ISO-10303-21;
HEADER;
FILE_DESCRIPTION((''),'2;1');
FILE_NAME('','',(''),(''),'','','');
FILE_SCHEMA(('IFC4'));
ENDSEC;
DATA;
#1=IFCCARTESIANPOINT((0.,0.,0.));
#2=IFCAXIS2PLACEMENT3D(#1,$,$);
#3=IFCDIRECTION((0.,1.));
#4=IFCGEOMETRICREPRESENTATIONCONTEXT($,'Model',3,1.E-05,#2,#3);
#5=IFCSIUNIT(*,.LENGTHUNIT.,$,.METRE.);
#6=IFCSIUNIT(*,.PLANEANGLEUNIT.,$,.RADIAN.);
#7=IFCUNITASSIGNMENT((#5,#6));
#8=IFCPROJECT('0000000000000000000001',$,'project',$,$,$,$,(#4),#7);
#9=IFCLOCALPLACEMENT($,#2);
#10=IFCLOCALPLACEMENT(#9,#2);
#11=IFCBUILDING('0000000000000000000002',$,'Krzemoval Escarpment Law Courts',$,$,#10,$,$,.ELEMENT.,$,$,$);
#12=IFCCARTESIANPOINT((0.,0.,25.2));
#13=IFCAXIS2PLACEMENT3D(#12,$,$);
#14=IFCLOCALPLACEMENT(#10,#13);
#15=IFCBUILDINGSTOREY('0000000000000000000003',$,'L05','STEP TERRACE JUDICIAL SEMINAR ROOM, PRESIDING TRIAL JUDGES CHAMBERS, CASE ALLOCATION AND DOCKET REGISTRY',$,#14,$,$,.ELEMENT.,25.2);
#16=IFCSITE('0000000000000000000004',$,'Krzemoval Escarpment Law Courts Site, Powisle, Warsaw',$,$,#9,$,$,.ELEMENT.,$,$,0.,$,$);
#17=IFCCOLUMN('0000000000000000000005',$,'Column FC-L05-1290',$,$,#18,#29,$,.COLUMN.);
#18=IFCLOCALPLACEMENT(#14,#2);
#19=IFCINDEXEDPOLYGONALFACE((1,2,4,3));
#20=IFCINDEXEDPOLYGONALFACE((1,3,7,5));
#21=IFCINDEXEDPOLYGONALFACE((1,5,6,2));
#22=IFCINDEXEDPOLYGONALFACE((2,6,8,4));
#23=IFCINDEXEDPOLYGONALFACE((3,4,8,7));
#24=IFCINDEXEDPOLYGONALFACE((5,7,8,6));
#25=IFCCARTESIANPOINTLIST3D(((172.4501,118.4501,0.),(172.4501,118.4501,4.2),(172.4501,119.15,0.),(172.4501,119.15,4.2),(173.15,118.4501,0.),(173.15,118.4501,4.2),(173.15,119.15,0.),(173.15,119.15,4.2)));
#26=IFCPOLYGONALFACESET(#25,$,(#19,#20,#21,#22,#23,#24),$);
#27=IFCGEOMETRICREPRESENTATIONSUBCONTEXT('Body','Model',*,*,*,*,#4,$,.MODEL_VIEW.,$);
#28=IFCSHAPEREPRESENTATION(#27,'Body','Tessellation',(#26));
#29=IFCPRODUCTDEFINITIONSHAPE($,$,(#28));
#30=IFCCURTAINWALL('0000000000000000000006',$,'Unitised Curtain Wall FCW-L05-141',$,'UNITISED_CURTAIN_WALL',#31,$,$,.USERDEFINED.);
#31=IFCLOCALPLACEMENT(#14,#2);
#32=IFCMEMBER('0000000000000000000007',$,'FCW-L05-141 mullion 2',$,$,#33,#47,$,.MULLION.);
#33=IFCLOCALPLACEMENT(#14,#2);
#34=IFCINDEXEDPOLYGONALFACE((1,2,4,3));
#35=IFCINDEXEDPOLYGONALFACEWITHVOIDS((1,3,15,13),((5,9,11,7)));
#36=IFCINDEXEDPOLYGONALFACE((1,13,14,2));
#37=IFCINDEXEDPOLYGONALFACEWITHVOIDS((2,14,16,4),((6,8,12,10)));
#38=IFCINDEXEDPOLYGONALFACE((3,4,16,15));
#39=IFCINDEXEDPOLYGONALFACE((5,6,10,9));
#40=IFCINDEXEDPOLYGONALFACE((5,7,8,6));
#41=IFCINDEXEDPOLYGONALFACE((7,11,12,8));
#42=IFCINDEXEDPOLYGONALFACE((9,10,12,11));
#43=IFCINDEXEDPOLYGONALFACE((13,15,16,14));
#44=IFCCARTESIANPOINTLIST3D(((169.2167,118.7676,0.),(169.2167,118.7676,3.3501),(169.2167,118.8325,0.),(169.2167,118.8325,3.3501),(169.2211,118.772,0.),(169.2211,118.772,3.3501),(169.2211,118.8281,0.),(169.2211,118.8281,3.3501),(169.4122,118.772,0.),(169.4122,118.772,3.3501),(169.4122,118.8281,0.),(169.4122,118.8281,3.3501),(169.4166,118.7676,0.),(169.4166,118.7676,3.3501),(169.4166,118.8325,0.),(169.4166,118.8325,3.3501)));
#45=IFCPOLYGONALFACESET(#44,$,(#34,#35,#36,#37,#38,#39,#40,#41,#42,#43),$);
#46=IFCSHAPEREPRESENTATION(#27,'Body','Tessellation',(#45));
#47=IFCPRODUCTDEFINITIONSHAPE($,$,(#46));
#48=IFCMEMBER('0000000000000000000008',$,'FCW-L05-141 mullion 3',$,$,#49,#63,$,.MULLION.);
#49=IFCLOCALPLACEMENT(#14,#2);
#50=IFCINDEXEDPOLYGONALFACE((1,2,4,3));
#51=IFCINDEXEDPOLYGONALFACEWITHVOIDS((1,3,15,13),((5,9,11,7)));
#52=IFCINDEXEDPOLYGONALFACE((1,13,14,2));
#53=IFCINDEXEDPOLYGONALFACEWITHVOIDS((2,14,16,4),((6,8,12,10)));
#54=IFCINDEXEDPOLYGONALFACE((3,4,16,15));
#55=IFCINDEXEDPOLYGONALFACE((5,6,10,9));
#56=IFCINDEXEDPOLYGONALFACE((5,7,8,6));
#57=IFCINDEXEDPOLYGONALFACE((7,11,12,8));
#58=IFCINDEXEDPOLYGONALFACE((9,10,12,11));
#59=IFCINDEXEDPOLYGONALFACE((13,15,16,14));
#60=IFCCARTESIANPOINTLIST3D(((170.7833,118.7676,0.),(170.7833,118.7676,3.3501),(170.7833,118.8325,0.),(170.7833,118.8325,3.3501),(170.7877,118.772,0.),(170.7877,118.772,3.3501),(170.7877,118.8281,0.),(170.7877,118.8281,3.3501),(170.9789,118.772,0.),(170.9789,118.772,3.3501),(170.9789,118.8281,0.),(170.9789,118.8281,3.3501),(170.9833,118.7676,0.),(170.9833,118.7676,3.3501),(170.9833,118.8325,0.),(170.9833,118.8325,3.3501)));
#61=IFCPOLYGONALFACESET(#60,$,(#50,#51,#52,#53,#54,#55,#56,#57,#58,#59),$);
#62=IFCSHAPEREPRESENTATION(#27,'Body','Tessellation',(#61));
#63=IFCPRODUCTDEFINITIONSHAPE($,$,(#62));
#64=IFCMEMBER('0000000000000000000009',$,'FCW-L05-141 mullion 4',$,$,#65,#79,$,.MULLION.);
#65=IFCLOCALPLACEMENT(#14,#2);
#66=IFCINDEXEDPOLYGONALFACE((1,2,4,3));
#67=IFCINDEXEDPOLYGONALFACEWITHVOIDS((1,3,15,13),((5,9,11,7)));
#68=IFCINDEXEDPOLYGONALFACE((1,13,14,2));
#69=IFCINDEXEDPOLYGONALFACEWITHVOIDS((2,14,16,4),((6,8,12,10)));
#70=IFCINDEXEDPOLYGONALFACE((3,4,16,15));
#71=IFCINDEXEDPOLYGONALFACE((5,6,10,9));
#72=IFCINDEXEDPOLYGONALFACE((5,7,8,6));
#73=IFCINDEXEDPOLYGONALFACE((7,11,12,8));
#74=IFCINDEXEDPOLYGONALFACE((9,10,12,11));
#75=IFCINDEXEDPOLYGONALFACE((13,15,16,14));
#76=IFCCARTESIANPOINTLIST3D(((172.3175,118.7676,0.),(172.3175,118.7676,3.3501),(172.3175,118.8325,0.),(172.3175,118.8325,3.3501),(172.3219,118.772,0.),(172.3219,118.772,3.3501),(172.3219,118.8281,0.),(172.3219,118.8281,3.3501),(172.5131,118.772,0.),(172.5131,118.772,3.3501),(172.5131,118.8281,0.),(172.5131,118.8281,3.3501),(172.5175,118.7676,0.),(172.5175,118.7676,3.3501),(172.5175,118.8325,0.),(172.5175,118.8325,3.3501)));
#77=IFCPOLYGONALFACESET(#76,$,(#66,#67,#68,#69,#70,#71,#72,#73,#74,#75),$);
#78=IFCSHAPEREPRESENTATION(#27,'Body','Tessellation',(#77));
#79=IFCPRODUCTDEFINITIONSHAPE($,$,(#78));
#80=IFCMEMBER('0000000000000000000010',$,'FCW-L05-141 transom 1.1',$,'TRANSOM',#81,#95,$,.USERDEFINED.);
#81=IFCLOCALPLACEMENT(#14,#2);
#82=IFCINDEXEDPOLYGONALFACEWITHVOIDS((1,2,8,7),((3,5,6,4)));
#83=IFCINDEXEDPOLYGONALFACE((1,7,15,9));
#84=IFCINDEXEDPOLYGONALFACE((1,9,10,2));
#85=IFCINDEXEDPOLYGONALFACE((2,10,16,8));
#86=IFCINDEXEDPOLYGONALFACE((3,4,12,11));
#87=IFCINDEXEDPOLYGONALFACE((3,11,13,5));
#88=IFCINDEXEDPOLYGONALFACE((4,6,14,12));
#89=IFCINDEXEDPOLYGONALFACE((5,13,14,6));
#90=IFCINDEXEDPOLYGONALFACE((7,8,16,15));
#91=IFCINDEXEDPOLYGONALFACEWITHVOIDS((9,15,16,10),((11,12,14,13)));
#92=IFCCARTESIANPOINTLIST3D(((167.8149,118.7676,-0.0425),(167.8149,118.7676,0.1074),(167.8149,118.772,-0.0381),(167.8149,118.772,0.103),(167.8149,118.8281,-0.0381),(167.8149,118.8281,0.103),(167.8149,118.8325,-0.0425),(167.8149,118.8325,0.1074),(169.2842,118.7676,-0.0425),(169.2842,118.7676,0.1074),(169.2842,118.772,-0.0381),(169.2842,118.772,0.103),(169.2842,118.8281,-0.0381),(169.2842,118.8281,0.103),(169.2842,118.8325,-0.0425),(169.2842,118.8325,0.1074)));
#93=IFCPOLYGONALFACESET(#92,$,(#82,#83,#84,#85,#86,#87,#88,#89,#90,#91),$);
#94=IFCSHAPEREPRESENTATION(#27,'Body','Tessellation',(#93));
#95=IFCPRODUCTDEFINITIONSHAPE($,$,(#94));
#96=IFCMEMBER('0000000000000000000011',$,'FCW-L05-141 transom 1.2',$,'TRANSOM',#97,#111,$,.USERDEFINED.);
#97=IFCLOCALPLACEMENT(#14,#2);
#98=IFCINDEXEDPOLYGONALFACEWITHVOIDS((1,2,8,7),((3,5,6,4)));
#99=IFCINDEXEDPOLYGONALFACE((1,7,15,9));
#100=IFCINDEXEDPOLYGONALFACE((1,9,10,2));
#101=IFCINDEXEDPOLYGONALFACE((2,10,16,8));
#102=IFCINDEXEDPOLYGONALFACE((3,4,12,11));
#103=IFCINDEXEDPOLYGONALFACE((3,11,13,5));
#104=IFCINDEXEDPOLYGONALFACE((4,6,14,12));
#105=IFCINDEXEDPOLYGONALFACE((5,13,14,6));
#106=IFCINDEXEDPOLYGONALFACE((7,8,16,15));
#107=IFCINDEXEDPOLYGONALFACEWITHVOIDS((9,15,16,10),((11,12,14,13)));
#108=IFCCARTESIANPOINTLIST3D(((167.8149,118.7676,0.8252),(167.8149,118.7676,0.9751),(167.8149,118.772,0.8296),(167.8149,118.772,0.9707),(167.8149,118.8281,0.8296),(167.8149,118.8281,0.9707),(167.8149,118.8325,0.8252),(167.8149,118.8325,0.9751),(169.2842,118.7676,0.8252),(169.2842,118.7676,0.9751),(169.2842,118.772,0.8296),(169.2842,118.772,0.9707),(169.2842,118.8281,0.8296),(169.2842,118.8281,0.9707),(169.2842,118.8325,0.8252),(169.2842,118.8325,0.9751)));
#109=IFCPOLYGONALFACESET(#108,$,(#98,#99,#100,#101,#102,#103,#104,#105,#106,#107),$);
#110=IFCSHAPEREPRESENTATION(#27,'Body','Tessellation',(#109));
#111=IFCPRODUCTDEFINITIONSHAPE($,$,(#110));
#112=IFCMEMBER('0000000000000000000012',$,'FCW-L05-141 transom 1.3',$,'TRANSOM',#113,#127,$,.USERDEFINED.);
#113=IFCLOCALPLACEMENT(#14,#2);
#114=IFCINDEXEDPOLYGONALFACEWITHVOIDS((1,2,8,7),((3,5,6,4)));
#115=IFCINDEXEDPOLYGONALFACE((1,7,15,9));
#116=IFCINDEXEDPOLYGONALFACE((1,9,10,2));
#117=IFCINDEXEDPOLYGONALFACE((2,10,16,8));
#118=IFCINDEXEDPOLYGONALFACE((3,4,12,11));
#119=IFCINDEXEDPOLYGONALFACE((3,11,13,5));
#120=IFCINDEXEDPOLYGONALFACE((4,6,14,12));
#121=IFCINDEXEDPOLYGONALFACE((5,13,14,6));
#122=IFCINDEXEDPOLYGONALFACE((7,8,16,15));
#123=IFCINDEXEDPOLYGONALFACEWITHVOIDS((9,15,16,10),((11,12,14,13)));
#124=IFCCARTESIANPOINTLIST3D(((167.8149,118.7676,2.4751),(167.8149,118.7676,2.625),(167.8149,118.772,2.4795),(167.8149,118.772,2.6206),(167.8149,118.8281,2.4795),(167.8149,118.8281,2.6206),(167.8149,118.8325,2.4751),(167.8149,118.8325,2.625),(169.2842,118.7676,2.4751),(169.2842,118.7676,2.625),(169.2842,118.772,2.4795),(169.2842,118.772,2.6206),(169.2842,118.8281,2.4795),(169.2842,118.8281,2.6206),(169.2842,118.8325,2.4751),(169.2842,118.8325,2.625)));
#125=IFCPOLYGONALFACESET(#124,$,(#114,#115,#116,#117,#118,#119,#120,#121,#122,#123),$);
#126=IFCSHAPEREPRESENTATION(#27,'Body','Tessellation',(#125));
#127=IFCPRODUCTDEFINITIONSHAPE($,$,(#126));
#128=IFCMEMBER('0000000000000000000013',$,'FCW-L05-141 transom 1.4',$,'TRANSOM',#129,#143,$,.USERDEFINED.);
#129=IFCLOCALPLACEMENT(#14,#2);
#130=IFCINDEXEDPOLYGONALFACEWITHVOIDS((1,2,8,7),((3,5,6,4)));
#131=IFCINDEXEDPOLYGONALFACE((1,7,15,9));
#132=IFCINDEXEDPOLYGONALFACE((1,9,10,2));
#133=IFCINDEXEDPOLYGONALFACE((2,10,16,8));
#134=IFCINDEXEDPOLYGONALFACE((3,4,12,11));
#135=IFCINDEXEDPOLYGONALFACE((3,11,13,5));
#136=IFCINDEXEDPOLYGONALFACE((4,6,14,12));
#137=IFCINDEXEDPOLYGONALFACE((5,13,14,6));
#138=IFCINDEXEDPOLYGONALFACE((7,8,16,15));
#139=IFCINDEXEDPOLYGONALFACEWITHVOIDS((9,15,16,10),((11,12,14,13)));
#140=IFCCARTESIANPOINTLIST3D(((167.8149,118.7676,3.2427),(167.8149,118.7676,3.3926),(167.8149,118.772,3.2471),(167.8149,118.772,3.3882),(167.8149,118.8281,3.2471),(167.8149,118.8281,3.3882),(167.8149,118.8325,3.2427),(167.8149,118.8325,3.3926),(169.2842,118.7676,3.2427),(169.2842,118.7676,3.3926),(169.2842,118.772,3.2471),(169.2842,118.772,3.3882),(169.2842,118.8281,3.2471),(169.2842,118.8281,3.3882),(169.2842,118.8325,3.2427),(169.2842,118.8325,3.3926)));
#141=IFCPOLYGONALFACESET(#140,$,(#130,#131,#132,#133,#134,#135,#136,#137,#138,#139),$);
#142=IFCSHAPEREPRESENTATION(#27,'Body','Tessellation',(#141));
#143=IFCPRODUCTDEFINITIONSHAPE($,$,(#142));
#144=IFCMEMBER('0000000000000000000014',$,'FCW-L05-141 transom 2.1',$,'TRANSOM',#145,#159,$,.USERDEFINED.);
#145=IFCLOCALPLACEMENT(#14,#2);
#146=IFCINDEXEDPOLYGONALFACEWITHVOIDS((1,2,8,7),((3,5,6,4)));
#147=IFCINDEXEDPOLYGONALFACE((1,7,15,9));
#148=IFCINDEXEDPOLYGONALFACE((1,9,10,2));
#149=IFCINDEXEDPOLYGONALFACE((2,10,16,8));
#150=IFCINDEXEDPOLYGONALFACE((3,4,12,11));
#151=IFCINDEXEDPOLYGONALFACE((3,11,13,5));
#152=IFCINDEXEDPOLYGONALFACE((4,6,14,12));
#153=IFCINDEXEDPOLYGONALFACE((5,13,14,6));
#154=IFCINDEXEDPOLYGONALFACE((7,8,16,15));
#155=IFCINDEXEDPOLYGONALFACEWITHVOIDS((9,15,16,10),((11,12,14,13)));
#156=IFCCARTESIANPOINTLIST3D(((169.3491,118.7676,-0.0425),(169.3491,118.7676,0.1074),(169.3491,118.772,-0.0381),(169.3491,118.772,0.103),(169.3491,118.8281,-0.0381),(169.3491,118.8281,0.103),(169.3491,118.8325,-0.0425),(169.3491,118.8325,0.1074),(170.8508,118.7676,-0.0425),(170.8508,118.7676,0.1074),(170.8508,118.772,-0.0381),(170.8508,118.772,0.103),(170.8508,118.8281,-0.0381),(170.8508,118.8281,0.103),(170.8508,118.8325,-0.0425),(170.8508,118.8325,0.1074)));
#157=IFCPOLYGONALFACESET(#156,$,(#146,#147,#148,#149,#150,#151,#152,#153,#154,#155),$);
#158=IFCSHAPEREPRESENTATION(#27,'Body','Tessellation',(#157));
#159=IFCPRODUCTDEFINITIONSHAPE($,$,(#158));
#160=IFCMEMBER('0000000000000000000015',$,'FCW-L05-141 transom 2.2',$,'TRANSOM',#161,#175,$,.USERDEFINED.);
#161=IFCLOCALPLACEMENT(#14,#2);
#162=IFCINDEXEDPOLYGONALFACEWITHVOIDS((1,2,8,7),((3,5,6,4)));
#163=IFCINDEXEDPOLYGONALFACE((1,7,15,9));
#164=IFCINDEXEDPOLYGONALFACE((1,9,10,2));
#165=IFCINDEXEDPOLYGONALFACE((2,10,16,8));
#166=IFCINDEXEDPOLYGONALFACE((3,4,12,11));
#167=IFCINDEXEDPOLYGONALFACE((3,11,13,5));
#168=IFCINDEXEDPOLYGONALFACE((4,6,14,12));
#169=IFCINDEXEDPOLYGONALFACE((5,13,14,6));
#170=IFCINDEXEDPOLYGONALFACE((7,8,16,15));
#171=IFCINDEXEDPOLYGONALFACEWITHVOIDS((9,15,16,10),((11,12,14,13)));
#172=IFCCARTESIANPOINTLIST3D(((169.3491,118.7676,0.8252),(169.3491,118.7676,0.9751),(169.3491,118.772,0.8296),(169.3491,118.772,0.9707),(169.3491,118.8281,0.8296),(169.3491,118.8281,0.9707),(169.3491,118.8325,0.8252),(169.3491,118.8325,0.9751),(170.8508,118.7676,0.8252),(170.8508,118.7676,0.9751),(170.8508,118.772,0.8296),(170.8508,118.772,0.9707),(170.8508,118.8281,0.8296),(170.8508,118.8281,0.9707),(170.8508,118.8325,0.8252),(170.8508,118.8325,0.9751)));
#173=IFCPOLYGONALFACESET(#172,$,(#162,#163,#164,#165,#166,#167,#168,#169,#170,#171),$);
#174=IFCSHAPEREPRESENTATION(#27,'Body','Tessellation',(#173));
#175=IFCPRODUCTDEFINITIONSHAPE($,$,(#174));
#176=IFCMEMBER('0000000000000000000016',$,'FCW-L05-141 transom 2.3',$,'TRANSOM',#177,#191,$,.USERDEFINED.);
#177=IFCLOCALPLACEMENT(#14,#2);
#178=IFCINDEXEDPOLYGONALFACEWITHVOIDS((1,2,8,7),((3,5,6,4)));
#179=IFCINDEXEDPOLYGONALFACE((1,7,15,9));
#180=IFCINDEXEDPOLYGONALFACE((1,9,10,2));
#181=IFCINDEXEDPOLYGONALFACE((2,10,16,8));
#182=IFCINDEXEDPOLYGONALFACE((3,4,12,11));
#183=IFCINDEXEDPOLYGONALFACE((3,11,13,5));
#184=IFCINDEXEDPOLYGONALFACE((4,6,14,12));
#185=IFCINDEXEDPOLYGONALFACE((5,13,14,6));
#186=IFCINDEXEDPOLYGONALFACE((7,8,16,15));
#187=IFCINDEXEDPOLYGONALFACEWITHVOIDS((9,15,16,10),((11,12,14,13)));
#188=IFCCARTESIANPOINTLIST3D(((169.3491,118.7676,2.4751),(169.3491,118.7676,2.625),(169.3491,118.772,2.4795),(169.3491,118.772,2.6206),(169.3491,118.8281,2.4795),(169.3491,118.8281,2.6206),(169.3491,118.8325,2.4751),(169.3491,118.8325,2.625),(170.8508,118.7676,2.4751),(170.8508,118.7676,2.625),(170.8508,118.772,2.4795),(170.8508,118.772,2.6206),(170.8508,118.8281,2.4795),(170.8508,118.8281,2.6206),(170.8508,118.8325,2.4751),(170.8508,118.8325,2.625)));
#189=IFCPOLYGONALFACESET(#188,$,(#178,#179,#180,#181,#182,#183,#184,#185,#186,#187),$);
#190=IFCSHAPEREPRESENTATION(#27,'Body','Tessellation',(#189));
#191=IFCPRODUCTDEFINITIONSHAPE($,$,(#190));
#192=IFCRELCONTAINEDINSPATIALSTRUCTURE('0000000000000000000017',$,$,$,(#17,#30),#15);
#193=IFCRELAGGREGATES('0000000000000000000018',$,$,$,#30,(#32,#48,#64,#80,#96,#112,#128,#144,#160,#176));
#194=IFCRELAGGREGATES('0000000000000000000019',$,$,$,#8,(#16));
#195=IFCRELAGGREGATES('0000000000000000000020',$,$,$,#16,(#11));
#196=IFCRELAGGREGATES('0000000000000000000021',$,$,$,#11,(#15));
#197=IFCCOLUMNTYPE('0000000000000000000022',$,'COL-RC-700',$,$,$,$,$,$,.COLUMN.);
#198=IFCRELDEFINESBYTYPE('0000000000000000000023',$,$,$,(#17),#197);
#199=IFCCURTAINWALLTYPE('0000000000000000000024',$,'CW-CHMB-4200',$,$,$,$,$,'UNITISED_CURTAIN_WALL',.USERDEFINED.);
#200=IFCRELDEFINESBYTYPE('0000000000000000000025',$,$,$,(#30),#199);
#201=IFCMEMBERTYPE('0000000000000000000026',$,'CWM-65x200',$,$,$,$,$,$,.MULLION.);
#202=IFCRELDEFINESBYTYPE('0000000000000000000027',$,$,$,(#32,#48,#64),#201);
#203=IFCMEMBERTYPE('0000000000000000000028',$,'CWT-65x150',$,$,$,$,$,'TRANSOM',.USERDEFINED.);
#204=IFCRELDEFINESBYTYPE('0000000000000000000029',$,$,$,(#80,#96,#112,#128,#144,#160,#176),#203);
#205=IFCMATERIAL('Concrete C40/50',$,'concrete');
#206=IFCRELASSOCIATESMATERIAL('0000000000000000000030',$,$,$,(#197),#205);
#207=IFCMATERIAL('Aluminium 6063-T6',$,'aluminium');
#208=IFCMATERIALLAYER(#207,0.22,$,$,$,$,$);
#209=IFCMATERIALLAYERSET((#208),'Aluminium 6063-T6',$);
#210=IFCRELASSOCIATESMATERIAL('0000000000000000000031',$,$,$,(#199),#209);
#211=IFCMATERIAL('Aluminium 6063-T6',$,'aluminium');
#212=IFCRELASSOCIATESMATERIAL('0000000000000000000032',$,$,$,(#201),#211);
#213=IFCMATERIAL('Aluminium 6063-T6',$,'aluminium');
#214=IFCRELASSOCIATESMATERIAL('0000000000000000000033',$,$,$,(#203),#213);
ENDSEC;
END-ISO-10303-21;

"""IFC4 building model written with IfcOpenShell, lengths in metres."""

from ifc_helpers import new_model, si_unit, direction, frame, origin, origin_2d, place, context, subcontext, project, spatial, rectangle, hollow_rectangle, extrude, material, layer, layer_set, material_profile, profile_set, type_object, element, aggregate, save


model = new_model("IFC4")

# Units and contexts
model_context = context("Model", 3, precision=1e-05, world=origin(), true_north=direction((0.0, 1.0)))
body_context = subcontext(model_context, "Body", "Model", "MODEL_VIEW")
ifc_project = project(units=[si_unit("LENGTHUNIT", "METRE"), si_unit("PLANEANGLEUNIT", "RADIAN")], contexts=[model_context])

# Site, building, storey
site_placement = place(None, origin())
site = spatial("IfcSite", under=ifc_project, at=site_placement, Name="Krzemoval Escarpment Law Courts Site, Powisle, Warsaw", CompositionType="ELEMENT", RefElevation=0.0)
building_placement = place(site_placement, origin())
building = spatial("IfcBuilding", under=site, at=building_placement, Name="Krzemoval Escarpment Law Courts", CompositionType="ELEMENT")
storey_placement = place(building_placement, frame((0.0, 0.0, 25.2)))
storey = spatial("IfcBuildingStorey", under=building, at=storey_placement, Name="L05", Description="STEP TERRACE JUDICIAL SEMINAR ROOM, PRESIDING TRIAL JUDGES CHAMBERS, CASE ALLOCATION AND DOCKET REGISTRY", CompositionType="ELEMENT", Elevation=25.2)

# Column
ifc_material_1 = material(Name="Concrete C40/50", Category="concrete")
ifc_material_profile_1 = material_profile(ifc_material_1, rectangle(XDim=0.7, YDim=0.7, at=origin_2d()), Name="RC 700x700")
ifc_profile_set_1 = profile_set([ifc_material_profile_1], Name="Concrete C40/50")
column_type = type_object("IfcColumnType", Name="COL-RC-700", PredefinedType="COLUMN", material=ifc_profile_set_1)
column_placement = place(storey_placement, frame((172.8, 118.8, 0.0), z_axis=(0.0, 0.0, 1.0), x_axis=(1.0, 0.0, 0.0)))
element("IfcColumn", 1, at=column_placement, inside=storey, type_object=column_type, Name="Column FC-L05-1290", PredefinedType="COLUMN", context=body_context, shape_type="SweptSolid", body=[
    extrude(rectangle(XDim=0.7, YDim=0.7, at=origin_2d()), origin(), (0.0, 0.0, 1.0), 4.2),
])

# Curtain wall, members
ifc_material_2 = material(Name="Aluminium 6063-T6", Category="aluminium")
ifc_layer_1 = layer(ifc_material_2, 0.22)
ifc_layer_set_1 = layer_set([ifc_layer_1], Name="Aluminium 6063-T6")
curtain_wall_type = type_object("IfcCurtainWallType", Name="CW-CHMB-4200", ElementType="UNITISED_CURTAIN_WALL", PredefinedType="USERDEFINED", material=ifc_layer_set_1)
curtain_wall_placement = place(storey_placement, origin())
curtain_wall = element("IfcCurtainWall", 2, at=curtain_wall_placement, inside=storey, type_object=curtain_wall_type, Name="Unitised Curtain Wall FCW-L05-141", ObjectType="UNITISED_CURTAIN_WALL", PredefinedType="USERDEFINED")
ifc_material_3 = material(Name="Aluminium 6063-T6", Category="aluminium")
ifc_material_profile_2 = material_profile(ifc_material_3, hollow_rectangle(XDim=0.0649, YDim=0.2, WallThickness=0.0044, at=origin_2d()), Name="ALU M65x200")
ifc_profile_set_2 = profile_set([ifc_material_profile_2], Name="Aluminium 6063-T6")
member_type_1 = type_object("IfcMemberType", Name="CWM-65x200", PredefinedType="MULLION", material=ifc_profile_set_2)
member_1_placement = place(storey_placement, frame((169.3167, 118.8, 0.0), z_axis=(0.0, 0.0, 1.0), x_axis=(0.0, 1.0, 0.0)))
member_1 = element("IfcMember", 3, at=member_1_placement, type_object=member_type_1, Name="FCW-L05-141 mullion 2", PredefinedType="MULLION", context=body_context, shape_type="SweptSolid", body=[
    extrude(hollow_rectangle(XDim=0.0649, YDim=0.2, WallThickness=0.0044, at=origin_2d()), origin(), (0.0, 0.0, 1.0), 3.3501),
])
member_2_placement = place(storey_placement, frame((170.8833, 118.8, 0.0), z_axis=(0.0, 0.0, 1.0), x_axis=(0.0, 1.0, 0.0)))
member_2 = element("IfcMember", 4, at=member_2_placement, type_object=member_type_1, Name="FCW-L05-141 mullion 3", PredefinedType="MULLION", context=body_context, shape_type="SweptSolid", body=[
    extrude(hollow_rectangle(XDim=0.0649, YDim=0.2, WallThickness=0.0044, at=origin_2d()), origin(), (0.0, 0.0, 1.0), 3.3501),
])
member_3_placement = place(storey_placement, frame((172.4175, 118.8, 0.0), z_axis=(0.0, 0.0, 1.0), x_axis=(0.0, 1.0, 0.0)))
member_3 = element("IfcMember", 5, at=member_3_placement, type_object=member_type_1, Name="FCW-L05-141 mullion 4", PredefinedType="MULLION", context=body_context, shape_type="SweptSolid", body=[
    extrude(hollow_rectangle(XDim=0.0649, YDim=0.2, WallThickness=0.0044, at=origin_2d()), origin(), (0.0, 0.0, 1.0), 3.3501),
])
ifc_material_4 = material(Name="Aluminium 6063-T6", Category="aluminium")
ifc_material_profile_3 = material_profile(ifc_material_4, hollow_rectangle(XDim=0.0649, YDim=0.1499, WallThickness=0.0044, at=origin_2d()), Name="ALU T65x150")
ifc_profile_set_3 = profile_set([ifc_material_profile_3], Name="Aluminium 6063-T6")
member_type_2 = type_object("IfcMemberType", Name="CWT-65x150", ElementType="TRANSOM", PredefinedType="USERDEFINED", material=ifc_profile_set_3)
member_4_placement = place(storey_placement, frame((167.8149, 118.8, 0.0325), z_axis=(1.0, 0.0, 0.0), x_axis=(0.0, 1.0, 0.0)))
member_4 = element("IfcMember", 6, at=member_4_placement, type_object=member_type_2, Name="FCW-L05-141 transom 1.1", ObjectType="TRANSOM", PredefinedType="USERDEFINED", context=body_context, shape_type="SweptSolid", body=[
    extrude(hollow_rectangle(XDim=0.0649, YDim=0.1499, WallThickness=0.0044, at=origin_2d()), origin(), (0.0, 0.0, 1.0), 1.4692),
])
member_5_placement = place(storey_placement, frame((167.8149, 118.8, 0.9001), z_axis=(1.0, 0.0, 0.0), x_axis=(0.0, 1.0, 0.0)))
member_5 = element("IfcMember", 7, at=member_5_placement, type_object=member_type_2, Name="FCW-L05-141 transom 1.2", ObjectType="TRANSOM", PredefinedType="USERDEFINED", context=body_context, shape_type="SweptSolid", body=[
    extrude(hollow_rectangle(XDim=0.0649, YDim=0.1499, WallThickness=0.0044, at=origin_2d()), origin(), (0.0, 0.0, 1.0), 1.4692),
])
member_6_placement = place(storey_placement, frame((167.8149, 118.8, 2.55), z_axis=(1.0, 0.0, 0.0), x_axis=(0.0, 1.0, 0.0)))
member_6 = element("IfcMember", 8, at=member_6_placement, type_object=member_type_2, Name="FCW-L05-141 transom 1.3", ObjectType="TRANSOM", PredefinedType="USERDEFINED", context=body_context, shape_type="SweptSolid", body=[
    extrude(hollow_rectangle(XDim=0.0649, YDim=0.1499, WallThickness=0.0044, at=origin_2d()), origin(), (0.0, 0.0, 1.0), 1.4692),
])
member_7_placement = place(storey_placement, frame((167.8149, 118.8, 3.3176), z_axis=(1.0, 0.0, 0.0), x_axis=(0.0, 1.0, 0.0)))
member_7 = element("IfcMember", 9, at=member_7_placement, type_object=member_type_2, Name="FCW-L05-141 transom 1.4", ObjectType="TRANSOM", PredefinedType="USERDEFINED", context=body_context, shape_type="SweptSolid", body=[
    extrude(hollow_rectangle(XDim=0.0649, YDim=0.1499, WallThickness=0.0044, at=origin_2d()), origin(), (0.0, 0.0, 1.0), 1.4692),
])
member_8_placement = place(storey_placement, frame((169.3491, 118.8, 0.0325), z_axis=(1.0, 0.0, 0.0), x_axis=(0.0, 1.0, 0.0)))
member_8 = element("IfcMember", 10, at=member_8_placement, type_object=member_type_2, Name="FCW-L05-141 transom 2.1", ObjectType="TRANSOM", PredefinedType="USERDEFINED", context=body_context, shape_type="SweptSolid", body=[
    extrude(hollow_rectangle(XDim=0.0649, YDim=0.1499, WallThickness=0.0044, at=origin_2d()), origin(), (0.0, 0.0, 1.0), 1.5017),
])
member_9_placement = place(storey_placement, frame((169.3491, 118.8, 0.9001), z_axis=(1.0, 0.0, 0.0), x_axis=(0.0, 1.0, 0.0)))
member_9 = element("IfcMember", 11, at=member_9_placement, type_object=member_type_2, Name="FCW-L05-141 transom 2.2", ObjectType="TRANSOM", PredefinedType="USERDEFINED", context=body_context, shape_type="SweptSolid", body=[
    extrude(hollow_rectangle(XDim=0.0649, YDim=0.1499, WallThickness=0.0044, at=origin_2d()), origin(), (0.0, 0.0, 1.0), 1.5017),
])
member_10_placement = place(storey_placement, frame((169.3491, 118.8, 2.55), z_axis=(1.0, 0.0, 0.0), x_axis=(0.0, 1.0, 0.0)))
member_10 = element("IfcMember", 12, at=member_10_placement, type_object=member_type_2, Name="FCW-L05-141 transom 2.3", ObjectType="TRANSOM", PredefinedType="USERDEFINED", context=body_context, shape_type="SweptSolid", body=[
    extrude(hollow_rectangle(XDim=0.0649, YDim=0.1499, WallThickness=0.0044, at=origin_2d()), origin(), (0.0, 0.0, 1.0), 1.5017),
])
aggregate(curtain_wall, [member_1, member_2, member_3, member_4, member_5, member_6, member_7, member_8, member_9, member_10])

save(model, "model.ifc")
